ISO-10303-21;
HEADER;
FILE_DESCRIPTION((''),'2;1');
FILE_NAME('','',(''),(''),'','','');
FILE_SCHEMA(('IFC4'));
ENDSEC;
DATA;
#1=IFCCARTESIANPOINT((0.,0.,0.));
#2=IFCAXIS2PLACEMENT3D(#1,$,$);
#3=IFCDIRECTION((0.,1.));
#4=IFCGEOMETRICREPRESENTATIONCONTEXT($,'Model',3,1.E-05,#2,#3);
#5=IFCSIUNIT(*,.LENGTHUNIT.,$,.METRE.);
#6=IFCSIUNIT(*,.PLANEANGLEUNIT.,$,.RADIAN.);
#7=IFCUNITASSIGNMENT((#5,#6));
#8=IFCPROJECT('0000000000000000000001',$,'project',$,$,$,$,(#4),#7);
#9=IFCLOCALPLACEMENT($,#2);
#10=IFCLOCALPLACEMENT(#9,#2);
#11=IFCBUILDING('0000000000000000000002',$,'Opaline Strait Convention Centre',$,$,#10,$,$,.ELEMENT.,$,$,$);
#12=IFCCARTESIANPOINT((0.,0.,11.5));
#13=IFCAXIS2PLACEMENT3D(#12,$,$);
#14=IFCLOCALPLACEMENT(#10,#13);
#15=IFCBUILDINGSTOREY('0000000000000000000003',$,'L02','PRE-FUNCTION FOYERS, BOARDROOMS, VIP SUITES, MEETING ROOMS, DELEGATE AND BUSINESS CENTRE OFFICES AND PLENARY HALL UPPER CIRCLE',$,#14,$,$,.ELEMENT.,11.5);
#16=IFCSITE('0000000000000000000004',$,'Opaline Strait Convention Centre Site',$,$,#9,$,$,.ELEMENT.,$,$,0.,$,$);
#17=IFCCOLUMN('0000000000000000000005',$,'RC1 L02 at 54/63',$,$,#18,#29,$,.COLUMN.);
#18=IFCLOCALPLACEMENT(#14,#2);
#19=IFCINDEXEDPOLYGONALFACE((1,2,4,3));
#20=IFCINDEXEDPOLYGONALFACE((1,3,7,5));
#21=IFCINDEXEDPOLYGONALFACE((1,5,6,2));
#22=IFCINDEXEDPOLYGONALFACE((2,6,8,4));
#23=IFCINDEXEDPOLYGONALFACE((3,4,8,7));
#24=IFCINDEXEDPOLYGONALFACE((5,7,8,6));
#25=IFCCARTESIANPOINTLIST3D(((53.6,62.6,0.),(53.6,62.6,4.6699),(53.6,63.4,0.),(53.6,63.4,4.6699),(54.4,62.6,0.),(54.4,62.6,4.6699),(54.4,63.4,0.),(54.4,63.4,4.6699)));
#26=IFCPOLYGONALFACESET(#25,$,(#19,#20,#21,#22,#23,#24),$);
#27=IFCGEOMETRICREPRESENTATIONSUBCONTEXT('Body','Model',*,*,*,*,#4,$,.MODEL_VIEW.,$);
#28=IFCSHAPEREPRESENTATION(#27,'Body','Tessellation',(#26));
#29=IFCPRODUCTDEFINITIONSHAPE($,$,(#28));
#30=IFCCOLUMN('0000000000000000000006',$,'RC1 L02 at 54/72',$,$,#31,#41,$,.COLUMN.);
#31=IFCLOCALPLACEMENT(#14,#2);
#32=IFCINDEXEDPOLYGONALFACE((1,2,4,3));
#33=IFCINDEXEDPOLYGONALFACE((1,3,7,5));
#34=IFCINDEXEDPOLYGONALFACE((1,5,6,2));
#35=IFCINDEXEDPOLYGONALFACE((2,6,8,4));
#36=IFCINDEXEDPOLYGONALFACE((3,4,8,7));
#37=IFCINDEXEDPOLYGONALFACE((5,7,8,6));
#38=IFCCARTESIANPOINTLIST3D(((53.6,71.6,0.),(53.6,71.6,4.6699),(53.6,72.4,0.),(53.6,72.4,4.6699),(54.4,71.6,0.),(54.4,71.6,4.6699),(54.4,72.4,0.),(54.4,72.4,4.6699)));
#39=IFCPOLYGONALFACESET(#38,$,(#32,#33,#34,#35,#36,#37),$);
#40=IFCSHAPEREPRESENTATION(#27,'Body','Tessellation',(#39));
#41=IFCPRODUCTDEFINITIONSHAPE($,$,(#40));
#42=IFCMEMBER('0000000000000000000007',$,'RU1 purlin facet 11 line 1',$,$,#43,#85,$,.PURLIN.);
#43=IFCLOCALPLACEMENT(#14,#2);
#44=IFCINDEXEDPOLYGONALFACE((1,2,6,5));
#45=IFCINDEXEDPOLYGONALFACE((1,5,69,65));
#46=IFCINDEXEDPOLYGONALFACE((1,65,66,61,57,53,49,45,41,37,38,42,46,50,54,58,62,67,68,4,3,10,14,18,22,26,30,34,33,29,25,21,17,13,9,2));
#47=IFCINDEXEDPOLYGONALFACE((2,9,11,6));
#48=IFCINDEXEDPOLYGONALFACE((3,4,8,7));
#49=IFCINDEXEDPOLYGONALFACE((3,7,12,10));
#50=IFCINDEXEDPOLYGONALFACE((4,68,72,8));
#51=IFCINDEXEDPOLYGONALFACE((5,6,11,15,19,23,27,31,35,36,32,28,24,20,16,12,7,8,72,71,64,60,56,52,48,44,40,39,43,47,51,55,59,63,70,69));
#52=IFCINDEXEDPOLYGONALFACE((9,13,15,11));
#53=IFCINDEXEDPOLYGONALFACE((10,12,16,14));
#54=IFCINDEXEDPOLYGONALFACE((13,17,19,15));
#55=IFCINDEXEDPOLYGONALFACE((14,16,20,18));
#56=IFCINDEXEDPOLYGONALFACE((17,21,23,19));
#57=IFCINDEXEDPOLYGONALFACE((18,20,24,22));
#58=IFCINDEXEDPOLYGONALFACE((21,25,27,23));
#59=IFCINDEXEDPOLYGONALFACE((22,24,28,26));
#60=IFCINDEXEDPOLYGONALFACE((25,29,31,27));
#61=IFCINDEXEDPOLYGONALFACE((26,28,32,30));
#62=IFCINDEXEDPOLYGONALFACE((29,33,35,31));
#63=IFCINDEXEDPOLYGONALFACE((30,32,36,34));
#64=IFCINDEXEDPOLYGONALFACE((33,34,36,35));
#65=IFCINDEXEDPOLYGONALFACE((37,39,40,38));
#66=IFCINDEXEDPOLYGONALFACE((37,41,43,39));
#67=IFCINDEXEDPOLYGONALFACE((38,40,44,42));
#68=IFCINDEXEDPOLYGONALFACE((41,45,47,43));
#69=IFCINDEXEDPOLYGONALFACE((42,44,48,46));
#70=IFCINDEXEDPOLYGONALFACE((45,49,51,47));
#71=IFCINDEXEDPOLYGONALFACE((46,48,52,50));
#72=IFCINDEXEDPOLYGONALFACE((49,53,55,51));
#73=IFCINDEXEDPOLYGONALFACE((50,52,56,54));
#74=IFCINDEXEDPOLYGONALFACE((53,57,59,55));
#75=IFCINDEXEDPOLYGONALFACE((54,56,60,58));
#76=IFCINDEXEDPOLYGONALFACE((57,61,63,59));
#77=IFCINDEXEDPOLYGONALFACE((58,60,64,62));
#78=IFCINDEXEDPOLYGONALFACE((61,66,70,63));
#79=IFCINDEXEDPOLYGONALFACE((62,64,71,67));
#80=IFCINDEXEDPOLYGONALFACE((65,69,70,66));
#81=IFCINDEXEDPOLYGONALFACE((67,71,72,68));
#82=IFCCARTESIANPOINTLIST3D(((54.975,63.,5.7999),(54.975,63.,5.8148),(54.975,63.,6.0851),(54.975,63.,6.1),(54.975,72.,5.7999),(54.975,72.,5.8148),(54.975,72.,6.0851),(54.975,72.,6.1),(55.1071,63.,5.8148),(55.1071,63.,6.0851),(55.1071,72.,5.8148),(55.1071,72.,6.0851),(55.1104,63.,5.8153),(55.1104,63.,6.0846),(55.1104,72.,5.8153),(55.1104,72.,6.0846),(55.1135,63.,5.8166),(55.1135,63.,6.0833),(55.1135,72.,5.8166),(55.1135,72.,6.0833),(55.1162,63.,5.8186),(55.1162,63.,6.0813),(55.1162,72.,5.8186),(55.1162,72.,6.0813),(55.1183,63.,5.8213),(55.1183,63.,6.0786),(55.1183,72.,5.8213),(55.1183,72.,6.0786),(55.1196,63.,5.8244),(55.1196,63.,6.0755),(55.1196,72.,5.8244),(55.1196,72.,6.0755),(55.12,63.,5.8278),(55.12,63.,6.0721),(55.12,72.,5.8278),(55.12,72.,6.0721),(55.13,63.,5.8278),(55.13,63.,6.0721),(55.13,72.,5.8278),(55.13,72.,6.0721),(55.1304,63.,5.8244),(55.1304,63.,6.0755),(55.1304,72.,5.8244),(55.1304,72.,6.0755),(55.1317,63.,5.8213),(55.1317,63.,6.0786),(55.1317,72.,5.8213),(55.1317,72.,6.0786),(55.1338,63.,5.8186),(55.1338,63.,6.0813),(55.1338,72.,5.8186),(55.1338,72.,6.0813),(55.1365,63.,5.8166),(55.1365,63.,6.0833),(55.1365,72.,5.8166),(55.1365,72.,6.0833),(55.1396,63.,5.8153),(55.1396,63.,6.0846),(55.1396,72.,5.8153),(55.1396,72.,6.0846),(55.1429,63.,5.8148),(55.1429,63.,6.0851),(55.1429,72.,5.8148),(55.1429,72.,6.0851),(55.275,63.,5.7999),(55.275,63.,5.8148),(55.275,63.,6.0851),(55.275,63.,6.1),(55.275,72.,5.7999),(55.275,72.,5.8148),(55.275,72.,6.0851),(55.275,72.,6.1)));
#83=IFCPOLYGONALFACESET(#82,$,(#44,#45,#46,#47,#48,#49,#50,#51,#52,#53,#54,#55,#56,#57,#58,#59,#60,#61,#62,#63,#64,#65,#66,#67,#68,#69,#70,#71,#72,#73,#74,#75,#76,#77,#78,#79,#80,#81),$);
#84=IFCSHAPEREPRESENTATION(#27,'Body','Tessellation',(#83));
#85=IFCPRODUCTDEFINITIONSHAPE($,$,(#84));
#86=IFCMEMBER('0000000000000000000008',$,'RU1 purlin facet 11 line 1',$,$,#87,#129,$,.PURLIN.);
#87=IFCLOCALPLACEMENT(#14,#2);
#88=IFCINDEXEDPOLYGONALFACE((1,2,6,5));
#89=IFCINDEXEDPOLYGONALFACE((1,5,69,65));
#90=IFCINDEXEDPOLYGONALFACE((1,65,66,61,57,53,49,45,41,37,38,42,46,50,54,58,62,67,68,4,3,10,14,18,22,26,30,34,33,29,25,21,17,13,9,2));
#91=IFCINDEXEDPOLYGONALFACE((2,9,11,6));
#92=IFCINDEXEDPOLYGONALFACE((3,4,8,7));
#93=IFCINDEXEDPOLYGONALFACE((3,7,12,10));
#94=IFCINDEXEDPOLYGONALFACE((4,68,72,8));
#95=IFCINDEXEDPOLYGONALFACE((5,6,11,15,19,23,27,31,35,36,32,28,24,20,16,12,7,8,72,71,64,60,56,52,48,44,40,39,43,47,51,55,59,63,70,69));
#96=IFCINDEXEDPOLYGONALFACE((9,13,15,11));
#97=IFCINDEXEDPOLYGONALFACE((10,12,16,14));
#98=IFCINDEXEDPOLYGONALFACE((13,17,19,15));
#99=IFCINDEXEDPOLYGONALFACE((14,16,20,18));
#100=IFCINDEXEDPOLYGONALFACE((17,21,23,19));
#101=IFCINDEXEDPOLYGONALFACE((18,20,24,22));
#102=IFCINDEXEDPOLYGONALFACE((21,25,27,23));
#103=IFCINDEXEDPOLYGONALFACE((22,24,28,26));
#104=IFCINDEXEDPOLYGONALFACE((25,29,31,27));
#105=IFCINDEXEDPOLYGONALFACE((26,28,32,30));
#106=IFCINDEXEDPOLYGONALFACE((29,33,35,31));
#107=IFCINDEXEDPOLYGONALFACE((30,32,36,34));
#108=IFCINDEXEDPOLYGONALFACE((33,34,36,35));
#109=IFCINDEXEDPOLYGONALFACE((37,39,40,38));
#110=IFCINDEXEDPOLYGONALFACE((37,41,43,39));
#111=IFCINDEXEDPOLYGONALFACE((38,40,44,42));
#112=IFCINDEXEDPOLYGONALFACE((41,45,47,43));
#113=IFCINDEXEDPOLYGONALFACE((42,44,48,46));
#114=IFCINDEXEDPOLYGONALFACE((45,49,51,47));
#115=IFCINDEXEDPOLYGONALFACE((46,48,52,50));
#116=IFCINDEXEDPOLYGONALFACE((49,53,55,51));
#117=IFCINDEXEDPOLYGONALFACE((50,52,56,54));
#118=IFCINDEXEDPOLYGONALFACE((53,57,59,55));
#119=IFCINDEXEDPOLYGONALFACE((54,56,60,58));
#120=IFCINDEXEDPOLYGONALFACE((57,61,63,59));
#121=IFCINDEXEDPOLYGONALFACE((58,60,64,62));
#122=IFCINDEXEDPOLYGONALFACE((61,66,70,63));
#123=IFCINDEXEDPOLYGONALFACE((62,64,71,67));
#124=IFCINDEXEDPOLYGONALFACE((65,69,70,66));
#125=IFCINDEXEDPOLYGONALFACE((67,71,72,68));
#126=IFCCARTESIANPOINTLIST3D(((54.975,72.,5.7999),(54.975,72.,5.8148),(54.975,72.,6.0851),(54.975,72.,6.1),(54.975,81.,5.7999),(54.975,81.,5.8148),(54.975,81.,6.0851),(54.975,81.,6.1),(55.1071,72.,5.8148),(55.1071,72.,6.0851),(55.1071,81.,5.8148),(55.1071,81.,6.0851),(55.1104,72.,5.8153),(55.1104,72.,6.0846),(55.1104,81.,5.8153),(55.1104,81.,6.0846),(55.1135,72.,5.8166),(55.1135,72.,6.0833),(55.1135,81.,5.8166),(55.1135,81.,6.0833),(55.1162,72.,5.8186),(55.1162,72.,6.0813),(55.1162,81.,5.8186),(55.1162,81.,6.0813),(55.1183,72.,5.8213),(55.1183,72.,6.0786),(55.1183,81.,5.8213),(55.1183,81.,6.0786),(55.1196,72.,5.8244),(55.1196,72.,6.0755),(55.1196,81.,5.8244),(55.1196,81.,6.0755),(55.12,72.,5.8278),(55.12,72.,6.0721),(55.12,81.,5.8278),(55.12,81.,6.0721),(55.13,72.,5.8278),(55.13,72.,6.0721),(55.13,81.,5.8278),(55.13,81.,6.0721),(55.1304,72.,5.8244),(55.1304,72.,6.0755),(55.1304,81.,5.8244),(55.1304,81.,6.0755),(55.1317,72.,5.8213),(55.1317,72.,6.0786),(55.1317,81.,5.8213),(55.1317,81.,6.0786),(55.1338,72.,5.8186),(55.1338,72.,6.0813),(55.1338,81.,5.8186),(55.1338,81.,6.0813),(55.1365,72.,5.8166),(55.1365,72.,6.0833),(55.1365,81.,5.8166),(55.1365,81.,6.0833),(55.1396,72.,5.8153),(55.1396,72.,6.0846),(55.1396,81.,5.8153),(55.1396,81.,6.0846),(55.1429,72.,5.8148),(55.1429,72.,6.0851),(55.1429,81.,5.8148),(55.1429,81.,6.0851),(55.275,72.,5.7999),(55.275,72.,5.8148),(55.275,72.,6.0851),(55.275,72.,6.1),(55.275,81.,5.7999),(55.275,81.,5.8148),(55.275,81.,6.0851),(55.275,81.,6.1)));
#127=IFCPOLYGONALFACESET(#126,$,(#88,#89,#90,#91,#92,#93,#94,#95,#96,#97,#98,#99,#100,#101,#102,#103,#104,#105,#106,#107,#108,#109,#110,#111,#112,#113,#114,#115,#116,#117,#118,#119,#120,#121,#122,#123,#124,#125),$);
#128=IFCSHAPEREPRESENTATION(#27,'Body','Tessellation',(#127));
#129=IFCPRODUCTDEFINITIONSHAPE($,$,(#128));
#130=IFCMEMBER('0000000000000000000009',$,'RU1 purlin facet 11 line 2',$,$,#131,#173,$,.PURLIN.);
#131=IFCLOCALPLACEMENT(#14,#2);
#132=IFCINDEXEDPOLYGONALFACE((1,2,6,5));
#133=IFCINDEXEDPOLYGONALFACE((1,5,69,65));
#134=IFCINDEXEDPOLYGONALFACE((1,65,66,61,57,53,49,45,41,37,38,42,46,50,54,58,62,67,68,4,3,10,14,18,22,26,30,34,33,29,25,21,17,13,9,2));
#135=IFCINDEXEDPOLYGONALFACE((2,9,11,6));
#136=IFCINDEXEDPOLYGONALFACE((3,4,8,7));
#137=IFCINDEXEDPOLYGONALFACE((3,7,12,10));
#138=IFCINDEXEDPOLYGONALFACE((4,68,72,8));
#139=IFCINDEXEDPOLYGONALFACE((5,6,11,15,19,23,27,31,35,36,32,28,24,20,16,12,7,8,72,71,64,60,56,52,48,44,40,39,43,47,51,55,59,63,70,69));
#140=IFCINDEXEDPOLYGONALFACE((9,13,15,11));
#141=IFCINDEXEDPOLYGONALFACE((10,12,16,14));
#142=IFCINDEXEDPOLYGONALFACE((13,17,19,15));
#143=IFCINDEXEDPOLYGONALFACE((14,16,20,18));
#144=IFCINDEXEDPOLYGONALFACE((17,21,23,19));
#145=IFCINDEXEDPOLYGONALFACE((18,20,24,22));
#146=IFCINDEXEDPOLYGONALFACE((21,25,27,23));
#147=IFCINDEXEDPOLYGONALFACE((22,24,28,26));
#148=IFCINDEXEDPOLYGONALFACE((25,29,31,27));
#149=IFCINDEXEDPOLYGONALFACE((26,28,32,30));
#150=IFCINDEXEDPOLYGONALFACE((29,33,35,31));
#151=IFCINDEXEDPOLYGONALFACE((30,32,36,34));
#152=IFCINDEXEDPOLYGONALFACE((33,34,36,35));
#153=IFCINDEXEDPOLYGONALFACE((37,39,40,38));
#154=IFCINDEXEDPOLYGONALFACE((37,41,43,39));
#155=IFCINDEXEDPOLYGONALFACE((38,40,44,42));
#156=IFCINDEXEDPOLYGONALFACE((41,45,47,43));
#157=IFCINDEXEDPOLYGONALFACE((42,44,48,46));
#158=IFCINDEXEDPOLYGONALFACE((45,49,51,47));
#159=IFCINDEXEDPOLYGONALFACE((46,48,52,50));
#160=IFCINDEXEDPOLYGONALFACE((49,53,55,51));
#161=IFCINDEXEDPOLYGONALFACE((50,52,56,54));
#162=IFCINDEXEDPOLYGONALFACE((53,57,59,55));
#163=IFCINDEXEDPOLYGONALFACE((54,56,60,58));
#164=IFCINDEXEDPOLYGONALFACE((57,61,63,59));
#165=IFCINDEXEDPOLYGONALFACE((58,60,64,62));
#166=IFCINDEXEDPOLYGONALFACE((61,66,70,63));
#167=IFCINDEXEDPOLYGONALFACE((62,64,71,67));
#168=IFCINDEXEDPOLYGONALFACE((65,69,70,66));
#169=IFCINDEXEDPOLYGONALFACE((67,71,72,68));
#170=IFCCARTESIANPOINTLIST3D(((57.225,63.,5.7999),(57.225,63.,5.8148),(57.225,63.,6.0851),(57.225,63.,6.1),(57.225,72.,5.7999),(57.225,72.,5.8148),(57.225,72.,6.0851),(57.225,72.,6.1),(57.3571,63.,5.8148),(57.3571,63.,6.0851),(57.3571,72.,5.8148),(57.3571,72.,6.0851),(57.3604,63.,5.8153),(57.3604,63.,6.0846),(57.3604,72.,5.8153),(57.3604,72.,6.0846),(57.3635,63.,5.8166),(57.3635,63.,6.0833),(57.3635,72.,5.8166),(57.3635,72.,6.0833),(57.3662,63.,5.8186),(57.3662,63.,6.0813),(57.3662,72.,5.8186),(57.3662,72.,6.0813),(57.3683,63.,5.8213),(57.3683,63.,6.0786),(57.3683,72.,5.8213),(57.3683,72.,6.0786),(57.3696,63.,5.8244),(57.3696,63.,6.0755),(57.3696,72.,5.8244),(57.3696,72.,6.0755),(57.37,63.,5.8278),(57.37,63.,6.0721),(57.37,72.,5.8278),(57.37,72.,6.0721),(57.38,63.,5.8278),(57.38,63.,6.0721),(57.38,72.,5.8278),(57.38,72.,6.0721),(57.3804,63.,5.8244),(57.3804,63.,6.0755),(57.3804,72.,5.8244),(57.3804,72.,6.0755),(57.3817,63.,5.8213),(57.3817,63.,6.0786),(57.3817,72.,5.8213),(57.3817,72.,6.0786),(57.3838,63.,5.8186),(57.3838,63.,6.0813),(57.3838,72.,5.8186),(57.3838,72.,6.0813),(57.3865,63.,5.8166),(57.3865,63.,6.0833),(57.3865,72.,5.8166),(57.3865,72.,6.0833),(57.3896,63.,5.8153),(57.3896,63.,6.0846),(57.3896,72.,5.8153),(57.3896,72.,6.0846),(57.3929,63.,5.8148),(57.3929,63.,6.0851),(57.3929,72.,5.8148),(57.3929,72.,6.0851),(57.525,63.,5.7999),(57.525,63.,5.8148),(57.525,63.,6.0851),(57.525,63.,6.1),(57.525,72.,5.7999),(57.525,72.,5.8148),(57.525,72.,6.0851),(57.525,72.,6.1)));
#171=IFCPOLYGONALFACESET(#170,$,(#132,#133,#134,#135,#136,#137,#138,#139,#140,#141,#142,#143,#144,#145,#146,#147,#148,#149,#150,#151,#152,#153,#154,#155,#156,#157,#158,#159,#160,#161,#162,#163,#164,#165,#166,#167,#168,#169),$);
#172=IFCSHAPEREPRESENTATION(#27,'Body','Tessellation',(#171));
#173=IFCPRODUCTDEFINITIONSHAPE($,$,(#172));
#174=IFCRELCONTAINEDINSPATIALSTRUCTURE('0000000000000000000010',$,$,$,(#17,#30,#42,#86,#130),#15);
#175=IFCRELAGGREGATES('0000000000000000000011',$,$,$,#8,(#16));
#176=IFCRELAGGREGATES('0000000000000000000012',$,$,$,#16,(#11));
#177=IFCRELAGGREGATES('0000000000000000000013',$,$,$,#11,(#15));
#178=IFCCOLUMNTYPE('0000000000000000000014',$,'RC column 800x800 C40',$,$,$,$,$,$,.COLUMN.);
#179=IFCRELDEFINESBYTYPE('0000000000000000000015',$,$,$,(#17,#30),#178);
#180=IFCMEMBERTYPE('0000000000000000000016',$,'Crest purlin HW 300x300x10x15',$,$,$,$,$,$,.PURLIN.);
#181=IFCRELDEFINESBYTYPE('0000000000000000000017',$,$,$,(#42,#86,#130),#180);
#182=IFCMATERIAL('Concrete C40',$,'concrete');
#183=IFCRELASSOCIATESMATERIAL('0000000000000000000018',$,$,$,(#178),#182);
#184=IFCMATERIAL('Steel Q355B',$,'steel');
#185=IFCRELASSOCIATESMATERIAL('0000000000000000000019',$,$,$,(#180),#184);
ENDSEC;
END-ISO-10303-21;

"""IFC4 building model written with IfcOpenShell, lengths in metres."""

from ifc_helpers import new_model, si_unit, direction, frame, origin, origin_2d, place, context, subcontext, project, spatial, rectangle, i_section, extrude, material, material_profile, profile_set, type_object, element, save


model = new_model("IFC4")

# Units and contexts
model_context = context("Model", 3, precision=1e-05, world=origin(), true_north=direction((0.0, 1.0)))
body_context = subcontext(model_context, "Body", "Model", "MODEL_VIEW")
ifc_project = project(units=[si_unit("LENGTHUNIT", "METRE"), si_unit("PLANEANGLEUNIT", "RADIAN")], contexts=[model_context])

# Site, building, storey
site_placement = place(None, origin())
site = spatial("IfcSite", under=ifc_project, at=site_placement, Name="Opaline Strait Convention Centre Site", CompositionType="ELEMENT", RefElevation=0.0)
building_placement = place(site_placement, origin())
building = spatial("IfcBuilding", under=site, at=building_placement, Name="Opaline Strait Convention Centre", CompositionType="ELEMENT")
storey_placement = place(building_placement, frame((0.0, 0.0, 11.5)))
storey = spatial("IfcBuildingStorey", under=building, at=storey_placement, Name="L02", Description="PRE-FUNCTION FOYERS, BOARDROOMS, VIP SUITES, MEETING ROOMS, DELEGATE AND BUSINESS CENTRE OFFICES AND PLENARY HALL UPPER CIRCLE", CompositionType="ELEMENT", Elevation=11.5)

# Columns
ifc_material_1 = material(Name="Concrete C40", Category="concrete")
ifc_material_profile_1 = material_profile(ifc_material_1, rectangle(XDim=0.8, YDim=0.8, at=origin_2d()), Name="RC 800x800")
ifc_profile_set_1 = profile_set([ifc_material_profile_1], Name="Concrete C40")
column_type = type_object("IfcColumnType", Name="RC column 800x800 C40", PredefinedType="COLUMN", material=ifc_profile_set_1)
for number, where, z_axis, x_axis, name in (
    (1, (54.0, 63.0, 0.0), (0.0, 0.0, 1.0), (1.0, 0.0, 0.0), "RC1 L02 at 54/63"),
    (2, (54.0, 72.0, 0.0), (0.0, 0.0, 1.0), (1.0, 0.0, 0.0), "RC1 L02 at 54/72"),
):
    element("IfcColumn", number, at=place(storey_placement, frame(where, z_axis=z_axis, x_axis=x_axis)), inside=storey, type_object=column_type, Name=name, PredefinedType="COLUMN", context=body_context, shape_type="SweptSolid", body=[
        extrude(rectangle(XDim=0.8, YDim=0.8, at=origin_2d()), origin(), (0.0, 0.0, 1.0), 4.6699),
    ])

# Members
ifc_material_2 = material(Name="Steel Q355B", Category="steel")
ifc_material_profile_2 = material_profile(ifc_material_2, i_section(OverallWidth=0.3, OverallDepth=0.3, WebThickness=0.01, FlangeThickness=0.0149, FilletRadius=0.0129, at=origin_2d()), Name="HW 300x300x10x15")
ifc_profile_set_2 = profile_set([ifc_material_profile_2], Name="Steel Q355B")
member_type_1 = type_object("IfcMemberType", Name="Crest purlin HW 300x300x10x15", PredefinedType="PURLIN", material=ifc_profile_set_2)
for number, where, z_axis, x_axis, name in (
    (3, (55.125, 63.0, 5.95), (0.0, 1.0, 0.0), (-1.0, 0.0, 0.0), "RU1 purlin facet 11 line 1"),
    (4, (55.125, 72.0, 5.95), (0.0, 1.0, 0.0), (-1.0, 0.0, 0.0), "RU1 purlin facet 11 line 1"),
    (5, (57.375, 63.0, 5.95), (0.0, 1.0, 0.0), (-1.0, 0.0, 0.0), "RU1 purlin facet 11 line 2"),
):
    element("IfcMember", number, at=place(storey_placement, frame(where, z_axis=z_axis, x_axis=x_axis)), inside=storey, type_object=member_type_1, Name=name, PredefinedType="PURLIN", context=body_context, shape_type="SweptSolid", body=[
        extrude(i_section(OverallWidth=0.3, OverallDepth=0.3, WebThickness=0.01, FlangeThickness=0.0149, FilletRadius=0.0129, at=origin_2d()), origin(), (0.0, 0.0, 1.0), 9.0),
    ])

save(model, "model.ifc")
